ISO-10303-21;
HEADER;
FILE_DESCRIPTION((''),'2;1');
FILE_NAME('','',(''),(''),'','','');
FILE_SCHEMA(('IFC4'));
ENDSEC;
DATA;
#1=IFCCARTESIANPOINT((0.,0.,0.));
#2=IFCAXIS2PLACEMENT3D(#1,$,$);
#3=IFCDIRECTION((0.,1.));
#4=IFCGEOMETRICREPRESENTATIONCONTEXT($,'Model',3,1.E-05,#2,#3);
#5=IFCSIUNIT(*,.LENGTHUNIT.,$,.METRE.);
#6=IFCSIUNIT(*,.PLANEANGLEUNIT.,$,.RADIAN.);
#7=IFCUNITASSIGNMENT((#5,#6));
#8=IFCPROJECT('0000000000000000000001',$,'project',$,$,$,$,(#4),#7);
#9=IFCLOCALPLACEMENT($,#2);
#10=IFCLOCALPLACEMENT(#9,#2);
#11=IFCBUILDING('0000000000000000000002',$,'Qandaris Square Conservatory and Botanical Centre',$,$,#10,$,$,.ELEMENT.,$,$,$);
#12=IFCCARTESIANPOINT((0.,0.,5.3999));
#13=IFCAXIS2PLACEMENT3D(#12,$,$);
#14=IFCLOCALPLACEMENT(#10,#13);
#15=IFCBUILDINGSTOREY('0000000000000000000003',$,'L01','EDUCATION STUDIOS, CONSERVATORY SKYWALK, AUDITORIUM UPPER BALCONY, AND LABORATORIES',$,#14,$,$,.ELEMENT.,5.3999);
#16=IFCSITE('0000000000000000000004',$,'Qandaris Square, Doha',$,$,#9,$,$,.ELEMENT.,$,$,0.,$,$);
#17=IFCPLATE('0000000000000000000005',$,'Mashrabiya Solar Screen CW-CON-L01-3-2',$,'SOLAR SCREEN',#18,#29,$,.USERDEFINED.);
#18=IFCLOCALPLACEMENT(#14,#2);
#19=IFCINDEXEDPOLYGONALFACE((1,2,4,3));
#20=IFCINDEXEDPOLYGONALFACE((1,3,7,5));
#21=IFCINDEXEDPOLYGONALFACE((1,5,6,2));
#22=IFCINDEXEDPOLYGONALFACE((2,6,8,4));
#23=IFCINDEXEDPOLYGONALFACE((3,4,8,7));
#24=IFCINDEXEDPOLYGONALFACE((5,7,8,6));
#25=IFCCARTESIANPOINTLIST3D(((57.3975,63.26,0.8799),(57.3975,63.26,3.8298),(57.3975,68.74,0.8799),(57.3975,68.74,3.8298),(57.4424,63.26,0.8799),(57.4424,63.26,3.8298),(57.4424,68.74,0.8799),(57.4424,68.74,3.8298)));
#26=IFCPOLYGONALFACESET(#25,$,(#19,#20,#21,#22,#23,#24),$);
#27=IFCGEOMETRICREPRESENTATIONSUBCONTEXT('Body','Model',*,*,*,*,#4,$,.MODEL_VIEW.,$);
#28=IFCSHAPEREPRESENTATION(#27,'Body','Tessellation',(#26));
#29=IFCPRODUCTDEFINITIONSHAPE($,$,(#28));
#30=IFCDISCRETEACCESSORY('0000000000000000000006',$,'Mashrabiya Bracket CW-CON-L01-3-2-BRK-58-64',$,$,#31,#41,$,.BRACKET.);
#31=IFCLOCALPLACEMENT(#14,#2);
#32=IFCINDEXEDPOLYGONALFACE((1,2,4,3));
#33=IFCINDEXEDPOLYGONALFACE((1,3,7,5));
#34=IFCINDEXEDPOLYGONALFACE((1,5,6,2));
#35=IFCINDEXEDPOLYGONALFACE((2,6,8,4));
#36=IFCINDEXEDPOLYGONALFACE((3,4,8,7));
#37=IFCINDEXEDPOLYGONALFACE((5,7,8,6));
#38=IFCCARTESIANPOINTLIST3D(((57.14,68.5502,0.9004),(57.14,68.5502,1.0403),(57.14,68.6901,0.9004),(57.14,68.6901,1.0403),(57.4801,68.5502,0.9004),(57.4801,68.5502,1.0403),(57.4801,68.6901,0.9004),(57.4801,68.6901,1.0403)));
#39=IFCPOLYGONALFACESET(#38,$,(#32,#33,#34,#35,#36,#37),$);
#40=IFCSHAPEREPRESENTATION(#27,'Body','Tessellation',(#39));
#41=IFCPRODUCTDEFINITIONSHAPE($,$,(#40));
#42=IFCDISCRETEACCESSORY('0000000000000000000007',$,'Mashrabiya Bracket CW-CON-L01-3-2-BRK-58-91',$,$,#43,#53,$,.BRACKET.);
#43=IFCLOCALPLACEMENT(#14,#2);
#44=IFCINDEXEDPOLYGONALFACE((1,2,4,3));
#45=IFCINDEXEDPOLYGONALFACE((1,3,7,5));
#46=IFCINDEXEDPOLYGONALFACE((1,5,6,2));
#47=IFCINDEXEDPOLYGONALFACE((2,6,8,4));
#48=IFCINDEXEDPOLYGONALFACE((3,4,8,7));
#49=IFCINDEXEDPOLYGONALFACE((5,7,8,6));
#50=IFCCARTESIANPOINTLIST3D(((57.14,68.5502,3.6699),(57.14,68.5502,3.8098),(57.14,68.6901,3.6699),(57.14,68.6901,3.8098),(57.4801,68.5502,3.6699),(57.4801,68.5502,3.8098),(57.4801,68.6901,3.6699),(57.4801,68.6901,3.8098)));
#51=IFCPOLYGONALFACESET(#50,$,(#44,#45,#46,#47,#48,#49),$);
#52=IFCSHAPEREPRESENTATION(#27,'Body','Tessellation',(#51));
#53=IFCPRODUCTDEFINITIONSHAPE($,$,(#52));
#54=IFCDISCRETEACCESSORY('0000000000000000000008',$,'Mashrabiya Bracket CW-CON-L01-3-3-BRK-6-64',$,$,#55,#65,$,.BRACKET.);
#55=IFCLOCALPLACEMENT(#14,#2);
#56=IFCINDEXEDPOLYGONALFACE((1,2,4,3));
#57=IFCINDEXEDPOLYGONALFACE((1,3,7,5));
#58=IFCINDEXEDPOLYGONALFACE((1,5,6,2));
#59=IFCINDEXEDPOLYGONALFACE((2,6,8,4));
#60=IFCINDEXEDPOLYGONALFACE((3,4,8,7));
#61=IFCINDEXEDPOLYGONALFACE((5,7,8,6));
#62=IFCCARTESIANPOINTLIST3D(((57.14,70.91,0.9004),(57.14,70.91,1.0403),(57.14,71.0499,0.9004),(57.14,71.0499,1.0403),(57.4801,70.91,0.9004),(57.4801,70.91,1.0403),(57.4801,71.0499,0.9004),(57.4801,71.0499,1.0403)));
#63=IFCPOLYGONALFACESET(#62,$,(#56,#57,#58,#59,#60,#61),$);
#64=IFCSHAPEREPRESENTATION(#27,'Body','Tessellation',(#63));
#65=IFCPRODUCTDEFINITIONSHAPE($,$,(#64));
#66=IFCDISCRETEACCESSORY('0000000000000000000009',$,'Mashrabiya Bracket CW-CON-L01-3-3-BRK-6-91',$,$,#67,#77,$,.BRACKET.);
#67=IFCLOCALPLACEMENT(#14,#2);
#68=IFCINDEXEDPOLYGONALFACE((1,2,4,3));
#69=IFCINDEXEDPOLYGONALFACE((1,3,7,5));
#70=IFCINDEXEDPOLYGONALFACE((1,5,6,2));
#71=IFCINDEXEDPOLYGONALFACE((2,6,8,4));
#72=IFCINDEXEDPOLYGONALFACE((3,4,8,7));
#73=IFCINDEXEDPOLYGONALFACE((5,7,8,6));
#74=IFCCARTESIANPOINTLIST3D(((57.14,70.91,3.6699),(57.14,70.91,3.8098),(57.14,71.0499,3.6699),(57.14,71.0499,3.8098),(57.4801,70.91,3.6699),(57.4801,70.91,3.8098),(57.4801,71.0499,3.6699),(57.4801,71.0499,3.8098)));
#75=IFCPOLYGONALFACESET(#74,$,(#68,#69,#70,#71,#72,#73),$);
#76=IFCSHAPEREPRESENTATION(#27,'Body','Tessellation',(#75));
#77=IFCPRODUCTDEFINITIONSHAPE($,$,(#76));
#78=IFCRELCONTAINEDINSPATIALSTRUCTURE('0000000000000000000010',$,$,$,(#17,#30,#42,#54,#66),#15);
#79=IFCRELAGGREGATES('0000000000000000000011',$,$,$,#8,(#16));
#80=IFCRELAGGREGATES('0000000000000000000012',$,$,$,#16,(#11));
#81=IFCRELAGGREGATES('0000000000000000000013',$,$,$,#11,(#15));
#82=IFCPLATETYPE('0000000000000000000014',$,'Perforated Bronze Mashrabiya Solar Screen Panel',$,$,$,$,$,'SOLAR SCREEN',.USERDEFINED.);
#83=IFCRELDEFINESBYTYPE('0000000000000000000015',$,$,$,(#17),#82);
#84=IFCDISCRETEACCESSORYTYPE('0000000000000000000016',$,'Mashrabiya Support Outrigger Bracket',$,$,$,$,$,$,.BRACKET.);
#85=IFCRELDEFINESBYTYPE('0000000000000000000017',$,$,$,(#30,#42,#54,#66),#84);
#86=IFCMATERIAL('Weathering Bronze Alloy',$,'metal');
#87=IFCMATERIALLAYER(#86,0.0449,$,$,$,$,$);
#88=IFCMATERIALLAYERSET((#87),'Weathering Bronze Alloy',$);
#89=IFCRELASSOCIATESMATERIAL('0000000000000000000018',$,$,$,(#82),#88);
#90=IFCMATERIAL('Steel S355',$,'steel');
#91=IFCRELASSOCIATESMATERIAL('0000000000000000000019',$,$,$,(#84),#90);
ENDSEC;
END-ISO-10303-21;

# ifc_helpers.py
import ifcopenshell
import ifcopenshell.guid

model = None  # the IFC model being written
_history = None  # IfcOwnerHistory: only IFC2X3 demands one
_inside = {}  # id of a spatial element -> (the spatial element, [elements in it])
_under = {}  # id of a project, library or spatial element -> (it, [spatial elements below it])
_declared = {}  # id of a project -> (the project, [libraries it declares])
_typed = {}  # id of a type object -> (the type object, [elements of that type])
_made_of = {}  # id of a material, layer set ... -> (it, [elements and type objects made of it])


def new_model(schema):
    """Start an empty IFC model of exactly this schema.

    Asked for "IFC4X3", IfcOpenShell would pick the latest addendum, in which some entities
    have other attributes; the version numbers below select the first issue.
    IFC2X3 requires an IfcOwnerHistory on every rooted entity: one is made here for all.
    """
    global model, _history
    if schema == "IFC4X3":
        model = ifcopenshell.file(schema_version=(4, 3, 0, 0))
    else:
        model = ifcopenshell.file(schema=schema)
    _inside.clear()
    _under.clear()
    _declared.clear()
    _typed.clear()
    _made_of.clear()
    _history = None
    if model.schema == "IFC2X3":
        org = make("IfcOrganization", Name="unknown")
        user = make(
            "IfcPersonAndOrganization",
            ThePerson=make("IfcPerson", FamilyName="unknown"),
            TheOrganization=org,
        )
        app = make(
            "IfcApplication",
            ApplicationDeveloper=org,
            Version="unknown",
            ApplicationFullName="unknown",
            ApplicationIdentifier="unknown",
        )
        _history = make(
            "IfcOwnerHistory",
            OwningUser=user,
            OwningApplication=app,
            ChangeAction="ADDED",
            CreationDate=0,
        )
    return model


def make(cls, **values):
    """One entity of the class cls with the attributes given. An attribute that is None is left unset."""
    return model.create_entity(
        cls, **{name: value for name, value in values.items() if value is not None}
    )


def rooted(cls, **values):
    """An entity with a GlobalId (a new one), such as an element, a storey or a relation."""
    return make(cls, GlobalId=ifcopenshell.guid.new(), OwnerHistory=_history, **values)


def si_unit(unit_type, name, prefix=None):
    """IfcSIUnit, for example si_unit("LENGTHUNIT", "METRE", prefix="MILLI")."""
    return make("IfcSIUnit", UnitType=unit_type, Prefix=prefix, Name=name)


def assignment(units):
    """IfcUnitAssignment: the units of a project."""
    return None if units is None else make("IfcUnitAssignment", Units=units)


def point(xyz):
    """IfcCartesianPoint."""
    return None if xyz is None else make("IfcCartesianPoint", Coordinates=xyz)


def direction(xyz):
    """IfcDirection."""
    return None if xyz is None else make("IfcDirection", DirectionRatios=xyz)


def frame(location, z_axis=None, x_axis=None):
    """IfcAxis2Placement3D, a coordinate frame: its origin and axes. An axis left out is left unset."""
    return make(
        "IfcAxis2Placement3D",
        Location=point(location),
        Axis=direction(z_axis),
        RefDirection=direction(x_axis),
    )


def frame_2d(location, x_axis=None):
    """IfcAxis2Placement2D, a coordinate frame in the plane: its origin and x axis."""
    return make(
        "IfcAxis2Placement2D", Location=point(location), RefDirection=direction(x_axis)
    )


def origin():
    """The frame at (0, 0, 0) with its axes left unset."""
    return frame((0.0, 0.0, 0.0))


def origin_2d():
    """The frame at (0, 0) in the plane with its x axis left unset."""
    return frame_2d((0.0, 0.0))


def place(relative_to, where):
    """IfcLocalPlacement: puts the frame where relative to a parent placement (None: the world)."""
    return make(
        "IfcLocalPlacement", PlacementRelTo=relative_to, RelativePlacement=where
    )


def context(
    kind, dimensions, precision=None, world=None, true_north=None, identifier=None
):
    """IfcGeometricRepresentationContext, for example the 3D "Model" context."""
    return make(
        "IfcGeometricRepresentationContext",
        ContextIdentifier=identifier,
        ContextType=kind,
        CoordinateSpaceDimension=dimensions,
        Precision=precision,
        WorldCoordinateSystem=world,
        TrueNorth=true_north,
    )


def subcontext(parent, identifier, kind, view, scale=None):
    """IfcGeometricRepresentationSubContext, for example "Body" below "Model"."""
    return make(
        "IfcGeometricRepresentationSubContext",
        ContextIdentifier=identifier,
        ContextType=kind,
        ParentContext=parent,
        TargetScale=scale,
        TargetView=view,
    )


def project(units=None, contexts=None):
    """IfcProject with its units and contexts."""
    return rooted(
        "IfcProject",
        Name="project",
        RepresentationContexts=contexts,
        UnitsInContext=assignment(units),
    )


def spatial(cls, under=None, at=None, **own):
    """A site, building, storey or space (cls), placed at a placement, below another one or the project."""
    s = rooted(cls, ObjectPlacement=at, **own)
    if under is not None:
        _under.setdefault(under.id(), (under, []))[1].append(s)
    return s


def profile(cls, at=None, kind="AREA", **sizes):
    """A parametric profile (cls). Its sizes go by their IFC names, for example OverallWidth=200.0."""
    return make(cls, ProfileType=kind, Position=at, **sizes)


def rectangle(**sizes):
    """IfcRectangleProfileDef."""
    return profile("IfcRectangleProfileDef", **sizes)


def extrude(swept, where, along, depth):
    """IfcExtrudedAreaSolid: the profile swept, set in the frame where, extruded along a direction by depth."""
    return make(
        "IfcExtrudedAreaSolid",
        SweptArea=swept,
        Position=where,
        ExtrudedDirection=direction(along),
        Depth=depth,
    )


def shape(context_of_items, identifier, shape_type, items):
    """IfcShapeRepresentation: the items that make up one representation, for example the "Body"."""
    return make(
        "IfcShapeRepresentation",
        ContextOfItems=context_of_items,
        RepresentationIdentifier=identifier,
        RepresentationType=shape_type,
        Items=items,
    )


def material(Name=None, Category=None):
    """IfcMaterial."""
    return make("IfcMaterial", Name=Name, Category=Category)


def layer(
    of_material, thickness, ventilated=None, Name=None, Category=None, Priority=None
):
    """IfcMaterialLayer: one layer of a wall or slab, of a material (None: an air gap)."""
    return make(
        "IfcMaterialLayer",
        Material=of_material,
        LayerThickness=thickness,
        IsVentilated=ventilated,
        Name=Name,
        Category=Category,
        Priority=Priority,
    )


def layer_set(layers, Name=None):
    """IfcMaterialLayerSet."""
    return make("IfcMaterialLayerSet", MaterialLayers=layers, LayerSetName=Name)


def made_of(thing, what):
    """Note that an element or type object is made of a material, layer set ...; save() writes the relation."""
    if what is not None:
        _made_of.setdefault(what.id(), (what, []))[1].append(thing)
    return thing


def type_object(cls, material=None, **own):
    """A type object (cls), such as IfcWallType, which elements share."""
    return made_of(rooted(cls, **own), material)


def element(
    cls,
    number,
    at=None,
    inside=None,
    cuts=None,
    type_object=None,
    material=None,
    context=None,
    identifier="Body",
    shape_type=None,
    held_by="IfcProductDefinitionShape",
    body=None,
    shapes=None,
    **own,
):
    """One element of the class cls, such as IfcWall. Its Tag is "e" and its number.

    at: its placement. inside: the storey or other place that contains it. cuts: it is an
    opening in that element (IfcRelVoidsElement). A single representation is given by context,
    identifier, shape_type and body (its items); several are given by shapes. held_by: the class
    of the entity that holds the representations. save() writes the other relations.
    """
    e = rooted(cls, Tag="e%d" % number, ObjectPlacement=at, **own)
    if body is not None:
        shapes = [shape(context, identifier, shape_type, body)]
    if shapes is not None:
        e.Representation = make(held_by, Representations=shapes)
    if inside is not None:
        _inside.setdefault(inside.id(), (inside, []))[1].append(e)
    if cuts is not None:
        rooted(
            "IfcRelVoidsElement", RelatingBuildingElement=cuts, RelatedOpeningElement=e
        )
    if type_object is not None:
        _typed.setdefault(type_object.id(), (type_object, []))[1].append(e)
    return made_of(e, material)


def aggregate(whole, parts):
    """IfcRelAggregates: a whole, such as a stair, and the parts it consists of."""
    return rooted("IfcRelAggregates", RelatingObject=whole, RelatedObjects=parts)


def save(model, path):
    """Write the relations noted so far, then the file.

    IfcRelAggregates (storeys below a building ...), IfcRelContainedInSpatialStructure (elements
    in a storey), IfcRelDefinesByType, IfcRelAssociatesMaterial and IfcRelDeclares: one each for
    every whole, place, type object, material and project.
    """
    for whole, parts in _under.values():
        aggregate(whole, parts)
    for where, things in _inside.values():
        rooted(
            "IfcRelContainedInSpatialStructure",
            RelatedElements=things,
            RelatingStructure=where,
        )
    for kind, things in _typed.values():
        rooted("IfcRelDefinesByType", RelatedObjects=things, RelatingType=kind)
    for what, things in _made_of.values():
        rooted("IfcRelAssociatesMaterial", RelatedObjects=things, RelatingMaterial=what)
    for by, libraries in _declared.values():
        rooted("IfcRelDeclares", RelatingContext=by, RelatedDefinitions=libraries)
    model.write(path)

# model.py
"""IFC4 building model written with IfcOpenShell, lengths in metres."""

from ifc_helpers import new_model, si_unit, direction, frame, origin, origin_2d, place, context, subcontext, project, spatial, rectangle, extrude, material, layer, layer_set, type_object, element, save


model = new_model("IFC4")

# Units and contexts
model_context = context("Model", 3, precision=1e-05, world=origin(), true_north=direction((0.0, 1.0)))
body_context = subcontext(model_context, "Body", "Model", "MODEL_VIEW")
ifc_project = project(units=[si_unit("LENGTHUNIT", "METRE"), si_unit("PLANEANGLEUNIT", "RADIAN")], contexts=[model_context])

# Site, building, storey
site_placement = place(None, origin())
site = spatial("IfcSite", under=ifc_project, at=site_placement, Name="Qandaris Square, Doha", CompositionType="ELEMENT", RefElevation=0.0)
building_placement = place(site_placement, origin())
building = spatial("IfcBuilding", under=site, at=building_placement, Name="Qandaris Square Conservatory and Botanical Centre", CompositionType="ELEMENT")
storey_placement = place(building_placement, frame((0.0, 0.0, 5.3999)))
storey = spatial("IfcBuildingStorey", under=building, at=storey_placement, Name="L01", Description="EDUCATION STUDIOS, CONSERVATORY SKYWALK, AUDITORIUM UPPER BALCONY, AND LABORATORIES", CompositionType="ELEMENT", Elevation=5.3999)

# Plate
ifc_material_1 = material(Name="Weathering Bronze Alloy", Category="metal")
ifc_layer_1 = layer(ifc_material_1, 0.0449)
ifc_layer_set_1 = layer_set([ifc_layer_1], Name="Weathering Bronze Alloy")
plate_type_1 = type_object("IfcPlateType", Name="Perforated Bronze Mashrabiya Solar Screen Panel", ElementType="SOLAR SCREEN", PredefinedType="USERDEFINED", material=ifc_layer_set_1)
plate_1_placement = place(storey_placement, frame((57.4199, 66.0, 0.8799), z_axis=(0.0, 0.0, 1.0), x_axis=(0.0, 1.0, 0.0)))
element("IfcPlate", 1, at=plate_1_placement, inside=storey, type_object=plate_type_1, Name="Mashrabiya Solar Screen CW-CON-L01-3-2", ObjectType="SOLAR SCREEN", PredefinedType="USERDEFINED", context=body_context, shape_type="SweptSolid", body=[
    extrude(rectangle(XDim=5.48, YDim=0.0449, at=origin_2d()), origin(), (0.0, 0.0, 1.0), 2.95),
])

# Discrete accessories
ifc_material_2 = material(Name="Steel S355", Category="steel")
discrete_accessory_type = type_object("IfcDiscreteAccessoryType", Name="Mashrabiya Support Outrigger Bracket", PredefinedType="BRACKET", material=ifc_material_2)
for number, where, z_axis, x_axis, name in (
    (2, (57.3101, 68.6201, 0.9004), (0.0, 0.0, 1.0), (0.0, 1.0, 0.0), "Mashrabiya Bracket CW-CON-L01-3-2-BRK-58-64"),
    (3, (57.3101, 68.6201, 3.6699), (0.0, 0.0, 1.0), (0.0, 1.0, 0.0), "Mashrabiya Bracket CW-CON-L01-3-2-BRK-58-91"),
    (4, (57.3101, 70.98, 0.9004), (0.0, 0.0, 1.0), (0.0, 1.0, 0.0), "Mashrabiya Bracket CW-CON-L01-3-3-BRK-6-64"),
    (5, (57.3101, 70.98, 3.6699), (0.0, 0.0, 1.0), (0.0, 1.0, 0.0), "Mashrabiya Bracket CW-CON-L01-3-3-BRK-6-91"),
):
    element("IfcDiscreteAccessory", number, at=place(storey_placement, frame(where, z_axis=z_axis, x_axis=x_axis)), inside=storey, type_object=discrete_accessory_type, Name=name, PredefinedType="BRACKET", context=body_context, shape_type="SweptSolid", body=[
        extrude(rectangle(XDim=0.1399, YDim=0.3401, at=origin_2d()), origin(), (0.0, 0.0, 1.0), 0.1399),
    ])

save(model, "model.ifc")
